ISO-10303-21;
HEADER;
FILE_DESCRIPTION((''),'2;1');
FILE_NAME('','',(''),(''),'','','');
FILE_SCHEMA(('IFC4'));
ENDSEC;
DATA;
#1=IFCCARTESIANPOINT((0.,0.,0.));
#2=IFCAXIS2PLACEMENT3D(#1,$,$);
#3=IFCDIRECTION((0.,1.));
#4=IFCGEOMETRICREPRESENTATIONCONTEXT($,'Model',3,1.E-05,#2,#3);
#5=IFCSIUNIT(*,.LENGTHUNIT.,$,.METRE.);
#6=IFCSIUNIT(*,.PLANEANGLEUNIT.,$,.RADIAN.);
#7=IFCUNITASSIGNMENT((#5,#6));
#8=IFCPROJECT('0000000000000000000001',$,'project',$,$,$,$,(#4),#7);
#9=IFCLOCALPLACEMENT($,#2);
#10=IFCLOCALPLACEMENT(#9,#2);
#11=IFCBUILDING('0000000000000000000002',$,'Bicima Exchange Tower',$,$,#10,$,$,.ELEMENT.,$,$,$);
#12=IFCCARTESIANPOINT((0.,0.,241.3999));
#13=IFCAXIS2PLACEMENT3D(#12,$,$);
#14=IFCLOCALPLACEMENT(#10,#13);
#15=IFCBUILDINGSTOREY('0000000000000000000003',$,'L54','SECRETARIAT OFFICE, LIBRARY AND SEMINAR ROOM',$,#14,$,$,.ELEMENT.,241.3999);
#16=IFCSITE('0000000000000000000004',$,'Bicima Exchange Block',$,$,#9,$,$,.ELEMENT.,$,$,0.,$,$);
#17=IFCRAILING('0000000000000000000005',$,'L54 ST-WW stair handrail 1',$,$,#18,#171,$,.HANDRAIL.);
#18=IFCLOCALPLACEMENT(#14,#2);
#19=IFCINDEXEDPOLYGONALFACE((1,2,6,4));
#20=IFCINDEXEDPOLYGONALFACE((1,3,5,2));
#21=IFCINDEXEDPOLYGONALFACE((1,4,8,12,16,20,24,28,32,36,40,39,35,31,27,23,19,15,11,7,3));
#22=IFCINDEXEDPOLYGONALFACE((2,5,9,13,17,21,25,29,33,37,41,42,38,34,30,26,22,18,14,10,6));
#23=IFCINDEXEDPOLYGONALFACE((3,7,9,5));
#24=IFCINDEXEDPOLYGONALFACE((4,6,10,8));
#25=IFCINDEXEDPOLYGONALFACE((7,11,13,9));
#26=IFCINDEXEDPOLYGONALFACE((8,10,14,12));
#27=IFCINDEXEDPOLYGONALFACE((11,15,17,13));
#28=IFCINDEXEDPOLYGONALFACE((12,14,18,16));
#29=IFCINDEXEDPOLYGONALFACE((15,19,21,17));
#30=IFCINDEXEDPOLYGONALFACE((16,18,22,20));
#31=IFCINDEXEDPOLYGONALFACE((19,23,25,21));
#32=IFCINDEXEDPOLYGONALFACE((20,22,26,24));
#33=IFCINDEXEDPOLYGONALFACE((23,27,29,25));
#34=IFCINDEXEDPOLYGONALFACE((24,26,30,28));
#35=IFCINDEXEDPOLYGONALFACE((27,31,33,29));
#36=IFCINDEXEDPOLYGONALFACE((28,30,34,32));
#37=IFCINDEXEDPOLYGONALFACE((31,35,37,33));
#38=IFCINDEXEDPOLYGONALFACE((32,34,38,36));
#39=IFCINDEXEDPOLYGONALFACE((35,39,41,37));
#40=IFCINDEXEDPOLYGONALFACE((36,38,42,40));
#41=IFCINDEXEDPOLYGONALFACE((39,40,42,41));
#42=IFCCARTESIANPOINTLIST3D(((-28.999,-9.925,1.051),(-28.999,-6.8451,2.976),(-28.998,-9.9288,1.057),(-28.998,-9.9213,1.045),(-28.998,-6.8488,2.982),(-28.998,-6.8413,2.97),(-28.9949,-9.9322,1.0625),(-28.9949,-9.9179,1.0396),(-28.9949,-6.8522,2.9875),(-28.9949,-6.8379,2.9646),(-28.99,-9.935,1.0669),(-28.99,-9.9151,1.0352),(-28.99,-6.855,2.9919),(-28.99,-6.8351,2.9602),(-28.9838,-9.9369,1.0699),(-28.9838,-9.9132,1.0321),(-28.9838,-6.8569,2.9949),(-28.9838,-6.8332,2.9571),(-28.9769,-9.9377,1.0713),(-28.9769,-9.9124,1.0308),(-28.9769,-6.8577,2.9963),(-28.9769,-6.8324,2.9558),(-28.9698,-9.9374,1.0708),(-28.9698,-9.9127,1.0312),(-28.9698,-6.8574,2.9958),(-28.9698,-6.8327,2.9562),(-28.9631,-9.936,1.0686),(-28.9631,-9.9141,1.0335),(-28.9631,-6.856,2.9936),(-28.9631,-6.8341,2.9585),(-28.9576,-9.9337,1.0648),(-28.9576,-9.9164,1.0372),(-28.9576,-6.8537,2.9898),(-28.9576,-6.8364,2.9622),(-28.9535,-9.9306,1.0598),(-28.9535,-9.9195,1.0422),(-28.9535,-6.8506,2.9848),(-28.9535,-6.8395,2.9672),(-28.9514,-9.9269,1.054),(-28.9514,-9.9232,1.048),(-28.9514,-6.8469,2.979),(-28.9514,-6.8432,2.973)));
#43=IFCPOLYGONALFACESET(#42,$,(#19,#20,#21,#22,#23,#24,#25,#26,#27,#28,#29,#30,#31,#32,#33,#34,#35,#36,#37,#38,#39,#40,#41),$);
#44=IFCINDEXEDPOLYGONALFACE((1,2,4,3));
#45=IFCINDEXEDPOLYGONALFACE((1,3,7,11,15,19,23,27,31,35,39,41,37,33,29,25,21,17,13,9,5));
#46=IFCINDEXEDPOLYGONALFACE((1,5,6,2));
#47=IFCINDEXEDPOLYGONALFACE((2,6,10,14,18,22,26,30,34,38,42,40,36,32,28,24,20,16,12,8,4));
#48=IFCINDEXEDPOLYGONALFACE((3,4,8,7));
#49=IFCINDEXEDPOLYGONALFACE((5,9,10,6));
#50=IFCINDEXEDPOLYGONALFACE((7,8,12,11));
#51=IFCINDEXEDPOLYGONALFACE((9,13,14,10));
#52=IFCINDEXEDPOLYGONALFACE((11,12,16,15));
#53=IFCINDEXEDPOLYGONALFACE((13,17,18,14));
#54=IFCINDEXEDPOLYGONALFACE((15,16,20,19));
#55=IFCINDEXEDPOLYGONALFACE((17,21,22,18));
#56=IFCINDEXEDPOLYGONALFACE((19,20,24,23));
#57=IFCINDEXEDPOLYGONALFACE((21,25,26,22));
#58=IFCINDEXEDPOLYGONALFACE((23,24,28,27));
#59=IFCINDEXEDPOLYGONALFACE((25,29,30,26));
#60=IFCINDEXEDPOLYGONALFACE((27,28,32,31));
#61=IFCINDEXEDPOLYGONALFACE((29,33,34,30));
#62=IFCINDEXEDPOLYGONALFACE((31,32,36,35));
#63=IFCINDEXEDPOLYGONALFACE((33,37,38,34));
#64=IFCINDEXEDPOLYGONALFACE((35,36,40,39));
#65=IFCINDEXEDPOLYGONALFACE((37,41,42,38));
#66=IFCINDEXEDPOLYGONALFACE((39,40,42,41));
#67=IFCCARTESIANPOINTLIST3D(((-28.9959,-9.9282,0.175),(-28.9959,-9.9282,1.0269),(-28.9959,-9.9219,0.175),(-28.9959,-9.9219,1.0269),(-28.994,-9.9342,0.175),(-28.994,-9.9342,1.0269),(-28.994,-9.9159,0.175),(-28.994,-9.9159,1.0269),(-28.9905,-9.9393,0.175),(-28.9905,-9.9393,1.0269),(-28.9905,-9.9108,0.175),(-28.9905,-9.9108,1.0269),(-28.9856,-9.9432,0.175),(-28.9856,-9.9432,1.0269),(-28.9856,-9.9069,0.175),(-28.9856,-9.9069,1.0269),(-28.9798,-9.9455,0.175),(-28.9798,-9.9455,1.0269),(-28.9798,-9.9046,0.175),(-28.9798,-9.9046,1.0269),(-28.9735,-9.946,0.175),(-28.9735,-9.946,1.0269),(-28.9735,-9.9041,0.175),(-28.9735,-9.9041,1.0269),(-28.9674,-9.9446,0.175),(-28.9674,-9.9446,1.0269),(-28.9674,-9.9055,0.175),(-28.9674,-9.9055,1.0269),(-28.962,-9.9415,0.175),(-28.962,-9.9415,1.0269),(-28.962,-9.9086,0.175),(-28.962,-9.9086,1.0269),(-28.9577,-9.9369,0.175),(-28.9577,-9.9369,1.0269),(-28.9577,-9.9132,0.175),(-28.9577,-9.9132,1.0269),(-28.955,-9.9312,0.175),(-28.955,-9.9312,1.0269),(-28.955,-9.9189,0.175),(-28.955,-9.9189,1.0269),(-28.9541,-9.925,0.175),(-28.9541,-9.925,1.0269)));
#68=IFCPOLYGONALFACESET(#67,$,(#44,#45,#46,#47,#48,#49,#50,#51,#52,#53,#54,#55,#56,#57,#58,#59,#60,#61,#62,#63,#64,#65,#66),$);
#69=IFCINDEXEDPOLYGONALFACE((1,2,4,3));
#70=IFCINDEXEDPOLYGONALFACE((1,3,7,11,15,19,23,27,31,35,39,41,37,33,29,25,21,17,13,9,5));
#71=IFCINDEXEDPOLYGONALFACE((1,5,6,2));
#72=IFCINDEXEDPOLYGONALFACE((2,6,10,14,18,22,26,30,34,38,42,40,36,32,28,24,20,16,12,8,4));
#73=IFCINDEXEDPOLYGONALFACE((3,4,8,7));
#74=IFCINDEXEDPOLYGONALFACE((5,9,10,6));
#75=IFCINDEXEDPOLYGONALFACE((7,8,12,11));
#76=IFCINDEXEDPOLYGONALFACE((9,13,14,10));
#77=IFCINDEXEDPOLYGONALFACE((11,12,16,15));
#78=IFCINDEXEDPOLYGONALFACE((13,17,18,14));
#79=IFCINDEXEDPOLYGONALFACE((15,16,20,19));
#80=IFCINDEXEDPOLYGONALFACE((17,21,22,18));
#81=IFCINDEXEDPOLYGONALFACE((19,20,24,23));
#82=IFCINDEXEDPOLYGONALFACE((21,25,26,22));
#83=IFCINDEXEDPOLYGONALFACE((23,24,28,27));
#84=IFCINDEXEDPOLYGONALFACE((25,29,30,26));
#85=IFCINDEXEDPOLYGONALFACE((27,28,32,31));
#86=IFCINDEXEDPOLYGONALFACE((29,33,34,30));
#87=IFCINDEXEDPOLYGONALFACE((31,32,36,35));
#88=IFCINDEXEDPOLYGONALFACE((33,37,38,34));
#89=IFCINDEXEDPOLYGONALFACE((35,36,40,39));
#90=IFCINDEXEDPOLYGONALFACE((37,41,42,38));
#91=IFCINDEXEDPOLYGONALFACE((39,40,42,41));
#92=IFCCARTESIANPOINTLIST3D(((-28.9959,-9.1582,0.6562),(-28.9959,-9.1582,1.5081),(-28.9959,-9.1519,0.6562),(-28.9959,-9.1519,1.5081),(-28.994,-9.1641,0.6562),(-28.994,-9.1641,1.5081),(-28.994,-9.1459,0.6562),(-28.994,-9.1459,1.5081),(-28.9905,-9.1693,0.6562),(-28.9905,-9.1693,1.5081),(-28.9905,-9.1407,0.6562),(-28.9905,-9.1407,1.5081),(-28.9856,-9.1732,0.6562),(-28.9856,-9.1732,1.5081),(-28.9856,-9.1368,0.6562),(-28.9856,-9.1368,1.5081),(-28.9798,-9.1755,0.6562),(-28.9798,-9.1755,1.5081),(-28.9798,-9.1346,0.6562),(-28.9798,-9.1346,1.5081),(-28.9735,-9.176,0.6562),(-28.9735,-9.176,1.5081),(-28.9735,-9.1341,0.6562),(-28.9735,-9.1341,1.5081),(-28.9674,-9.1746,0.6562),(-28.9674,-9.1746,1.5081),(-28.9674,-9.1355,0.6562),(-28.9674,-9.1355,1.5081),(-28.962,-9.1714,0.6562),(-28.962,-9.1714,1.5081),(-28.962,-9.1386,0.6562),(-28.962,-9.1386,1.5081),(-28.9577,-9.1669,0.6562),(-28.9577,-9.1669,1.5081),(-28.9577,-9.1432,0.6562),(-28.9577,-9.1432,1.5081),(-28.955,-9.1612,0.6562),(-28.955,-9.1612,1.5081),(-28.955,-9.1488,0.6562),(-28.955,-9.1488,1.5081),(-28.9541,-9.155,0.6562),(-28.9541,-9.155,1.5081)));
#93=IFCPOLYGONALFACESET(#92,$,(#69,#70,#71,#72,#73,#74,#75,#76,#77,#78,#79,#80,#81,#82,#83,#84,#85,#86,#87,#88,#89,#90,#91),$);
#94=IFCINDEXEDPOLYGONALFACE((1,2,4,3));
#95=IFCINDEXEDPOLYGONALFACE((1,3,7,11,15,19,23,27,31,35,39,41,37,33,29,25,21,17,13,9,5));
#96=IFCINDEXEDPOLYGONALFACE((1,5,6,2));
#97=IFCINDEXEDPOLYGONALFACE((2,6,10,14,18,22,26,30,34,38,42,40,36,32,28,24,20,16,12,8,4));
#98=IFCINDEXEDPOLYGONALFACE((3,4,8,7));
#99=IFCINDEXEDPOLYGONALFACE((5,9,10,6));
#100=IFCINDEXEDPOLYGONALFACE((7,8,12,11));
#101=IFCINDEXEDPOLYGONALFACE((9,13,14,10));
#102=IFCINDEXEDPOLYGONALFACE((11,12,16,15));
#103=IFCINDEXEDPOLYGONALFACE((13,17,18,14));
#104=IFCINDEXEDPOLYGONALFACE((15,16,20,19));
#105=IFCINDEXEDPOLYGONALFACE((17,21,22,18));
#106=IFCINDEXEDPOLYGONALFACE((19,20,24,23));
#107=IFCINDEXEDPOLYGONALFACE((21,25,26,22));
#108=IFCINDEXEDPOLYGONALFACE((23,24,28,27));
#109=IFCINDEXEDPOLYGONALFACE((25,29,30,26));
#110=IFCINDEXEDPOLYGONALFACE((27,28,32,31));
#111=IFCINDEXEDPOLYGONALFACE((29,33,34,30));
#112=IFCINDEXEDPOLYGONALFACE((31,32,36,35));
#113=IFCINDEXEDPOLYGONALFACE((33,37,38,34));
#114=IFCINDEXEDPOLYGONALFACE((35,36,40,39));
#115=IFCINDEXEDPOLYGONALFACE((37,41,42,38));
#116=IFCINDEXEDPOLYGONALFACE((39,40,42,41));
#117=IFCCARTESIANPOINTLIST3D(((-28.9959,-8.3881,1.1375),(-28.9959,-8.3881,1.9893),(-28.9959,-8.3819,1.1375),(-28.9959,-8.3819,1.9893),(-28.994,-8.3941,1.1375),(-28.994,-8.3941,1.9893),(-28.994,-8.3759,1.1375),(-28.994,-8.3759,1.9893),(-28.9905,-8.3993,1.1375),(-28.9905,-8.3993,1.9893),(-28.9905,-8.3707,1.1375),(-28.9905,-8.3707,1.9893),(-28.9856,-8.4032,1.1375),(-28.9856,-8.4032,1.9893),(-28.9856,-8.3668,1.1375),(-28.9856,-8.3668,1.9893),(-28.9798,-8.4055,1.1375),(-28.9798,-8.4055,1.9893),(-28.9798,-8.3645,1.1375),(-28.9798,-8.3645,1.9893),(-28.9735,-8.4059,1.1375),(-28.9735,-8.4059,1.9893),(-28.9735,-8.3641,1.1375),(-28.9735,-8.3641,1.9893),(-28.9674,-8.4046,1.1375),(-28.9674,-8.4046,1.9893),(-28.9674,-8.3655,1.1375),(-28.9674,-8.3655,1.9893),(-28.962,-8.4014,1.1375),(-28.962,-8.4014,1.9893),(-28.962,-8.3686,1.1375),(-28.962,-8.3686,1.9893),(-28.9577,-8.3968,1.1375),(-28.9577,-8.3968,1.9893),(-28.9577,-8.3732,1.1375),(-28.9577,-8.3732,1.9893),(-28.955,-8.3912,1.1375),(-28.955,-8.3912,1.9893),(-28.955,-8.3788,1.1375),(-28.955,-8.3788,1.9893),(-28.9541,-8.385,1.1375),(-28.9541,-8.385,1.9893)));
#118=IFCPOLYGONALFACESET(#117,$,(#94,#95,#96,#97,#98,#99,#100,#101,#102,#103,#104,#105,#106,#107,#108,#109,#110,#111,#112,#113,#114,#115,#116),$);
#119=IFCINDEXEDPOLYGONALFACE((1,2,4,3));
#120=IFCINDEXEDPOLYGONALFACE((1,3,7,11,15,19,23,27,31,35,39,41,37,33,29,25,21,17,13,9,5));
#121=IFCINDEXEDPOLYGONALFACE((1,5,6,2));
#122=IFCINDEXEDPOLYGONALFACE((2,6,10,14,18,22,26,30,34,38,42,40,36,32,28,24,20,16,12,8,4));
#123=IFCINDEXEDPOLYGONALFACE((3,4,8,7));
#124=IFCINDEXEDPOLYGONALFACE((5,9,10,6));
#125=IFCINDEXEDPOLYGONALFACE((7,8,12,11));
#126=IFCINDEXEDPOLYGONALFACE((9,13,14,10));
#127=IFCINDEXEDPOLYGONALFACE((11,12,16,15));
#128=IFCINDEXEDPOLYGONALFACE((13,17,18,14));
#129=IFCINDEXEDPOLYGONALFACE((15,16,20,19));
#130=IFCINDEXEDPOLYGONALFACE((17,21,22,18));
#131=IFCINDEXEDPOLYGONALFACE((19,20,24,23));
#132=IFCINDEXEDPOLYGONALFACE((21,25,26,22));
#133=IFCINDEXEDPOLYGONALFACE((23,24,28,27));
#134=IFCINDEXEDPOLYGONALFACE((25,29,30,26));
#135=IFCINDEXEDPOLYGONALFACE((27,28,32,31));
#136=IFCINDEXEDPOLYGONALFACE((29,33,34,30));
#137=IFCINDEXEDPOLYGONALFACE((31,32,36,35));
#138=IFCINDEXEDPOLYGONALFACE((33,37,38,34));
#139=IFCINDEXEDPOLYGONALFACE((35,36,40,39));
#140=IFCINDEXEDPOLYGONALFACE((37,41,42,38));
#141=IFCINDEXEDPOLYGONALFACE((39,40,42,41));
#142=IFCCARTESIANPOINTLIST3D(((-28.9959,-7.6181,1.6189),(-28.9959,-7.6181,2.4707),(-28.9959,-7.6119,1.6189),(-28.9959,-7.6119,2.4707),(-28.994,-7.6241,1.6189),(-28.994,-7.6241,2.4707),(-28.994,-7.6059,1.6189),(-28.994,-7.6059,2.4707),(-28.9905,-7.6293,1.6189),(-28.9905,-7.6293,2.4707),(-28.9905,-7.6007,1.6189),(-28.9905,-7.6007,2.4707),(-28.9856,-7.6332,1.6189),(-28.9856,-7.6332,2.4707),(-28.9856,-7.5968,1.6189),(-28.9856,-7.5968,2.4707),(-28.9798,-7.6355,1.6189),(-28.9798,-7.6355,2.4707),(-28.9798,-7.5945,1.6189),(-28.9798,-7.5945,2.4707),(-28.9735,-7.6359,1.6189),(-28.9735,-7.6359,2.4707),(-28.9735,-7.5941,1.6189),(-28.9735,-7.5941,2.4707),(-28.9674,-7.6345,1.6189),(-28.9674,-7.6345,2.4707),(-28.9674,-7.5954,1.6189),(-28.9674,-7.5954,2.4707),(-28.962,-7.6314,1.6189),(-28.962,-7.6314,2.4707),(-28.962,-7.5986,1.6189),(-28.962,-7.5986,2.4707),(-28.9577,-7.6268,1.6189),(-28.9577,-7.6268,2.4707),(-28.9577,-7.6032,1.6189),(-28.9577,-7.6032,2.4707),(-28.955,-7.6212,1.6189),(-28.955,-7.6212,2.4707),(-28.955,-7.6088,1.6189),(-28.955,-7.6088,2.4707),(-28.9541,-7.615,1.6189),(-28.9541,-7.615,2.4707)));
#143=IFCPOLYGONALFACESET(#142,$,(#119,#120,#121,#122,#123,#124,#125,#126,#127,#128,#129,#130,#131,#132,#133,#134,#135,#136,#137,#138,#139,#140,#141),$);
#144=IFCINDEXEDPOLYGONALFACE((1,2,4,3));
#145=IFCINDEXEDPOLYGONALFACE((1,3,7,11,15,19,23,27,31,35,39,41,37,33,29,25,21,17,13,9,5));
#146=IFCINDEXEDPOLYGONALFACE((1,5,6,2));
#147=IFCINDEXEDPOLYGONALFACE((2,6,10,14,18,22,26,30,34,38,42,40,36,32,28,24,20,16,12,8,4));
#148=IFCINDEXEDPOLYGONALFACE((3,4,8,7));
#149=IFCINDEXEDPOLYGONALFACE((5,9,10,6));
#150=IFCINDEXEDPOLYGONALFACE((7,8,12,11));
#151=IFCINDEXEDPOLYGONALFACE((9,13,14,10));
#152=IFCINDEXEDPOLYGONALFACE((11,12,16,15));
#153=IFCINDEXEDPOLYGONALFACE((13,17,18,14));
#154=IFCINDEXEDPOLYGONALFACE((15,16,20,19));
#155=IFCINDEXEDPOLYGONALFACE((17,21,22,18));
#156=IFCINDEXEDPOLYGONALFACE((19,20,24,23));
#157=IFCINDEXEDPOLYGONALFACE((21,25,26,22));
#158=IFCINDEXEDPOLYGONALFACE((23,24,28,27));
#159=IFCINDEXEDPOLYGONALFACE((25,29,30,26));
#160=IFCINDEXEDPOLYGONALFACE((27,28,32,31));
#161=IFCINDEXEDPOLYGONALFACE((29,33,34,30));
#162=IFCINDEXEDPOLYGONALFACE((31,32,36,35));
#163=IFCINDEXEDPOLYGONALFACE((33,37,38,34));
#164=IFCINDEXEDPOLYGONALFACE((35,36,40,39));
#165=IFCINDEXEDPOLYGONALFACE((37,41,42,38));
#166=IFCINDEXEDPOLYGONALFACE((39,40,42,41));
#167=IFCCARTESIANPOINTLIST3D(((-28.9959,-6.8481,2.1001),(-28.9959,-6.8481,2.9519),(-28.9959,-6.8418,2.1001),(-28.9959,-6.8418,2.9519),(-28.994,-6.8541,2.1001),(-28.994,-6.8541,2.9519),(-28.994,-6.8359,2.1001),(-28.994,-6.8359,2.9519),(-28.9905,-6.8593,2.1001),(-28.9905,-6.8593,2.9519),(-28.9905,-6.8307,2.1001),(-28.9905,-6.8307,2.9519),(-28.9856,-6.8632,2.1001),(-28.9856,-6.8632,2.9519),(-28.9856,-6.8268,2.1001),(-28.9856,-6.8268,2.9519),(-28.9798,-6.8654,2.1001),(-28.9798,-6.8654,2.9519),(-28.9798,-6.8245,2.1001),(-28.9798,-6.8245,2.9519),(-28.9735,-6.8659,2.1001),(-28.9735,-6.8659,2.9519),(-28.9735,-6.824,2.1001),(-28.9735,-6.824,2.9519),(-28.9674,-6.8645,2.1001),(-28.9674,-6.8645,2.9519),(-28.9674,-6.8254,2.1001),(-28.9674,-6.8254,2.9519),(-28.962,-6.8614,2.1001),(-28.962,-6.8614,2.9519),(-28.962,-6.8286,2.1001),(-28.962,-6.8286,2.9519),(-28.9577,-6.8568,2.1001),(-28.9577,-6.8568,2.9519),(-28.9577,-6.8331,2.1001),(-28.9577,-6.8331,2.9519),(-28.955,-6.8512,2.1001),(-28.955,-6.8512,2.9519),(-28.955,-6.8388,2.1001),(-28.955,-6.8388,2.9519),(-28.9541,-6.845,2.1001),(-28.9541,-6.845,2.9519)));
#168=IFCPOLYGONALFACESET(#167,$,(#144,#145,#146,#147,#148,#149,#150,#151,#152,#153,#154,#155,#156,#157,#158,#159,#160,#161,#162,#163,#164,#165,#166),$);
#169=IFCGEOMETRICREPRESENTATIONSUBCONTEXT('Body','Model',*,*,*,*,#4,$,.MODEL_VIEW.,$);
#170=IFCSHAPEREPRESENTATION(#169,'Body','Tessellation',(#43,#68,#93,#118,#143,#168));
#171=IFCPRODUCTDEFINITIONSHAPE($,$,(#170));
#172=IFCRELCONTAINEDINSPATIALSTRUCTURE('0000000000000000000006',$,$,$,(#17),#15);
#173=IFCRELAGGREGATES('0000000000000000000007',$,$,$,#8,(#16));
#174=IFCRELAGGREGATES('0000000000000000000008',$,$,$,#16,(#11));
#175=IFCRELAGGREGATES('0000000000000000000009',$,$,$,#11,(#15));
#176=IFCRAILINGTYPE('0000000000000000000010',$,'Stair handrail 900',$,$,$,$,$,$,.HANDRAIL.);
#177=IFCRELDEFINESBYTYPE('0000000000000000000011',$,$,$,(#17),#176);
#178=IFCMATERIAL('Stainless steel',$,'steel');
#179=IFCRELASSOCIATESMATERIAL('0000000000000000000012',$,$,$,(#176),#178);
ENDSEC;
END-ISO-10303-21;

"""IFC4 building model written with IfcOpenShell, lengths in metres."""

from ifc_helpers import new_model, si_unit, direction, frame, origin, origin_2d, place, context, subcontext, project, spatial, circle, extrude, material, type_object, element, save


model = new_model("IFC4")

# Units and contexts
model_context = context("Model", 3, precision=1e-05, world=origin(), true_north=direction((0.0, 1.0)))
body_context = subcontext(model_context, "Body", "Model", "MODEL_VIEW")
ifc_project = project(units=[si_unit("LENGTHUNIT", "METRE"), si_unit("PLANEANGLEUNIT", "RADIAN")], contexts=[model_context])

# Site, building, storey
site_placement = place(None, origin())
site = spatial("IfcSite", under=ifc_project, at=site_placement, Name="Bicima Exchange Block", CompositionType="ELEMENT", RefElevation=0.0)
building_placement = place(site_placement, origin())
building = spatial("IfcBuilding", under=site, at=building_placement, Name="Bicima Exchange Tower", CompositionType="ELEMENT")
storey_placement = place(building_placement, frame((0.0, 0.0, 241.3999)))
storey = spatial("IfcBuildingStorey", under=building, at=storey_placement, Name="L54", Description="SECRETARIAT OFFICE, LIBRARY AND SEMINAR ROOM", CompositionType="ELEMENT", Elevation=241.3999)

# Railing
ifc_material_1 = material(Name="Stainless steel", Category="steel")
railing_type = type_object("IfcRailingType", Name="Stair handrail 900", PredefinedType="HANDRAIL", material=ifc_material_1)
railing_1_placement = place(storey_placement, frame((-28.9751, -9.925, 0.175)))
element("IfcRailing", 1, at=railing_1_placement, inside=storey, type_object=railing_type, Name="L54 ST-WW stair handrail 1", PredefinedType="HANDRAIL", context=body_context, shape_type="SweptSolid", body=[
    extrude(circle(Radius=0.0239, at=origin_2d()), frame((0.0, 0.0, 0.876), z_axis=(0.0, 0.847998, 0.529999), x_axis=(-1.0, 0.0, 0.0)), (0.0, 0.0, 1.0), 3.6321),
    extrude(circle(Radius=0.021, at=origin_2d()), origin(), (0.0, 0.0, 1.0), 0.8518),
    extrude(circle(Radius=0.021, at=origin_2d()), frame((0.0, 0.77, 0.4812)), (0.0, 0.0, 1.0), 0.8518),
    extrude(circle(Radius=0.021, at=origin_2d()), frame((0.0, 1.54, 0.9624)), (0.0, 0.0, 1.0), 0.8518),
    extrude(circle(Radius=0.021, at=origin_2d()), frame((0.0, 2.3101, 1.4438)), (0.0, 0.0, 1.0), 0.8518),
    extrude(circle(Radius=0.021, at=origin_2d()), frame((0.0, 3.0801, 1.925)), (0.0, 0.0, 1.0), 0.8518),
])

save(model, "model.ifc")
